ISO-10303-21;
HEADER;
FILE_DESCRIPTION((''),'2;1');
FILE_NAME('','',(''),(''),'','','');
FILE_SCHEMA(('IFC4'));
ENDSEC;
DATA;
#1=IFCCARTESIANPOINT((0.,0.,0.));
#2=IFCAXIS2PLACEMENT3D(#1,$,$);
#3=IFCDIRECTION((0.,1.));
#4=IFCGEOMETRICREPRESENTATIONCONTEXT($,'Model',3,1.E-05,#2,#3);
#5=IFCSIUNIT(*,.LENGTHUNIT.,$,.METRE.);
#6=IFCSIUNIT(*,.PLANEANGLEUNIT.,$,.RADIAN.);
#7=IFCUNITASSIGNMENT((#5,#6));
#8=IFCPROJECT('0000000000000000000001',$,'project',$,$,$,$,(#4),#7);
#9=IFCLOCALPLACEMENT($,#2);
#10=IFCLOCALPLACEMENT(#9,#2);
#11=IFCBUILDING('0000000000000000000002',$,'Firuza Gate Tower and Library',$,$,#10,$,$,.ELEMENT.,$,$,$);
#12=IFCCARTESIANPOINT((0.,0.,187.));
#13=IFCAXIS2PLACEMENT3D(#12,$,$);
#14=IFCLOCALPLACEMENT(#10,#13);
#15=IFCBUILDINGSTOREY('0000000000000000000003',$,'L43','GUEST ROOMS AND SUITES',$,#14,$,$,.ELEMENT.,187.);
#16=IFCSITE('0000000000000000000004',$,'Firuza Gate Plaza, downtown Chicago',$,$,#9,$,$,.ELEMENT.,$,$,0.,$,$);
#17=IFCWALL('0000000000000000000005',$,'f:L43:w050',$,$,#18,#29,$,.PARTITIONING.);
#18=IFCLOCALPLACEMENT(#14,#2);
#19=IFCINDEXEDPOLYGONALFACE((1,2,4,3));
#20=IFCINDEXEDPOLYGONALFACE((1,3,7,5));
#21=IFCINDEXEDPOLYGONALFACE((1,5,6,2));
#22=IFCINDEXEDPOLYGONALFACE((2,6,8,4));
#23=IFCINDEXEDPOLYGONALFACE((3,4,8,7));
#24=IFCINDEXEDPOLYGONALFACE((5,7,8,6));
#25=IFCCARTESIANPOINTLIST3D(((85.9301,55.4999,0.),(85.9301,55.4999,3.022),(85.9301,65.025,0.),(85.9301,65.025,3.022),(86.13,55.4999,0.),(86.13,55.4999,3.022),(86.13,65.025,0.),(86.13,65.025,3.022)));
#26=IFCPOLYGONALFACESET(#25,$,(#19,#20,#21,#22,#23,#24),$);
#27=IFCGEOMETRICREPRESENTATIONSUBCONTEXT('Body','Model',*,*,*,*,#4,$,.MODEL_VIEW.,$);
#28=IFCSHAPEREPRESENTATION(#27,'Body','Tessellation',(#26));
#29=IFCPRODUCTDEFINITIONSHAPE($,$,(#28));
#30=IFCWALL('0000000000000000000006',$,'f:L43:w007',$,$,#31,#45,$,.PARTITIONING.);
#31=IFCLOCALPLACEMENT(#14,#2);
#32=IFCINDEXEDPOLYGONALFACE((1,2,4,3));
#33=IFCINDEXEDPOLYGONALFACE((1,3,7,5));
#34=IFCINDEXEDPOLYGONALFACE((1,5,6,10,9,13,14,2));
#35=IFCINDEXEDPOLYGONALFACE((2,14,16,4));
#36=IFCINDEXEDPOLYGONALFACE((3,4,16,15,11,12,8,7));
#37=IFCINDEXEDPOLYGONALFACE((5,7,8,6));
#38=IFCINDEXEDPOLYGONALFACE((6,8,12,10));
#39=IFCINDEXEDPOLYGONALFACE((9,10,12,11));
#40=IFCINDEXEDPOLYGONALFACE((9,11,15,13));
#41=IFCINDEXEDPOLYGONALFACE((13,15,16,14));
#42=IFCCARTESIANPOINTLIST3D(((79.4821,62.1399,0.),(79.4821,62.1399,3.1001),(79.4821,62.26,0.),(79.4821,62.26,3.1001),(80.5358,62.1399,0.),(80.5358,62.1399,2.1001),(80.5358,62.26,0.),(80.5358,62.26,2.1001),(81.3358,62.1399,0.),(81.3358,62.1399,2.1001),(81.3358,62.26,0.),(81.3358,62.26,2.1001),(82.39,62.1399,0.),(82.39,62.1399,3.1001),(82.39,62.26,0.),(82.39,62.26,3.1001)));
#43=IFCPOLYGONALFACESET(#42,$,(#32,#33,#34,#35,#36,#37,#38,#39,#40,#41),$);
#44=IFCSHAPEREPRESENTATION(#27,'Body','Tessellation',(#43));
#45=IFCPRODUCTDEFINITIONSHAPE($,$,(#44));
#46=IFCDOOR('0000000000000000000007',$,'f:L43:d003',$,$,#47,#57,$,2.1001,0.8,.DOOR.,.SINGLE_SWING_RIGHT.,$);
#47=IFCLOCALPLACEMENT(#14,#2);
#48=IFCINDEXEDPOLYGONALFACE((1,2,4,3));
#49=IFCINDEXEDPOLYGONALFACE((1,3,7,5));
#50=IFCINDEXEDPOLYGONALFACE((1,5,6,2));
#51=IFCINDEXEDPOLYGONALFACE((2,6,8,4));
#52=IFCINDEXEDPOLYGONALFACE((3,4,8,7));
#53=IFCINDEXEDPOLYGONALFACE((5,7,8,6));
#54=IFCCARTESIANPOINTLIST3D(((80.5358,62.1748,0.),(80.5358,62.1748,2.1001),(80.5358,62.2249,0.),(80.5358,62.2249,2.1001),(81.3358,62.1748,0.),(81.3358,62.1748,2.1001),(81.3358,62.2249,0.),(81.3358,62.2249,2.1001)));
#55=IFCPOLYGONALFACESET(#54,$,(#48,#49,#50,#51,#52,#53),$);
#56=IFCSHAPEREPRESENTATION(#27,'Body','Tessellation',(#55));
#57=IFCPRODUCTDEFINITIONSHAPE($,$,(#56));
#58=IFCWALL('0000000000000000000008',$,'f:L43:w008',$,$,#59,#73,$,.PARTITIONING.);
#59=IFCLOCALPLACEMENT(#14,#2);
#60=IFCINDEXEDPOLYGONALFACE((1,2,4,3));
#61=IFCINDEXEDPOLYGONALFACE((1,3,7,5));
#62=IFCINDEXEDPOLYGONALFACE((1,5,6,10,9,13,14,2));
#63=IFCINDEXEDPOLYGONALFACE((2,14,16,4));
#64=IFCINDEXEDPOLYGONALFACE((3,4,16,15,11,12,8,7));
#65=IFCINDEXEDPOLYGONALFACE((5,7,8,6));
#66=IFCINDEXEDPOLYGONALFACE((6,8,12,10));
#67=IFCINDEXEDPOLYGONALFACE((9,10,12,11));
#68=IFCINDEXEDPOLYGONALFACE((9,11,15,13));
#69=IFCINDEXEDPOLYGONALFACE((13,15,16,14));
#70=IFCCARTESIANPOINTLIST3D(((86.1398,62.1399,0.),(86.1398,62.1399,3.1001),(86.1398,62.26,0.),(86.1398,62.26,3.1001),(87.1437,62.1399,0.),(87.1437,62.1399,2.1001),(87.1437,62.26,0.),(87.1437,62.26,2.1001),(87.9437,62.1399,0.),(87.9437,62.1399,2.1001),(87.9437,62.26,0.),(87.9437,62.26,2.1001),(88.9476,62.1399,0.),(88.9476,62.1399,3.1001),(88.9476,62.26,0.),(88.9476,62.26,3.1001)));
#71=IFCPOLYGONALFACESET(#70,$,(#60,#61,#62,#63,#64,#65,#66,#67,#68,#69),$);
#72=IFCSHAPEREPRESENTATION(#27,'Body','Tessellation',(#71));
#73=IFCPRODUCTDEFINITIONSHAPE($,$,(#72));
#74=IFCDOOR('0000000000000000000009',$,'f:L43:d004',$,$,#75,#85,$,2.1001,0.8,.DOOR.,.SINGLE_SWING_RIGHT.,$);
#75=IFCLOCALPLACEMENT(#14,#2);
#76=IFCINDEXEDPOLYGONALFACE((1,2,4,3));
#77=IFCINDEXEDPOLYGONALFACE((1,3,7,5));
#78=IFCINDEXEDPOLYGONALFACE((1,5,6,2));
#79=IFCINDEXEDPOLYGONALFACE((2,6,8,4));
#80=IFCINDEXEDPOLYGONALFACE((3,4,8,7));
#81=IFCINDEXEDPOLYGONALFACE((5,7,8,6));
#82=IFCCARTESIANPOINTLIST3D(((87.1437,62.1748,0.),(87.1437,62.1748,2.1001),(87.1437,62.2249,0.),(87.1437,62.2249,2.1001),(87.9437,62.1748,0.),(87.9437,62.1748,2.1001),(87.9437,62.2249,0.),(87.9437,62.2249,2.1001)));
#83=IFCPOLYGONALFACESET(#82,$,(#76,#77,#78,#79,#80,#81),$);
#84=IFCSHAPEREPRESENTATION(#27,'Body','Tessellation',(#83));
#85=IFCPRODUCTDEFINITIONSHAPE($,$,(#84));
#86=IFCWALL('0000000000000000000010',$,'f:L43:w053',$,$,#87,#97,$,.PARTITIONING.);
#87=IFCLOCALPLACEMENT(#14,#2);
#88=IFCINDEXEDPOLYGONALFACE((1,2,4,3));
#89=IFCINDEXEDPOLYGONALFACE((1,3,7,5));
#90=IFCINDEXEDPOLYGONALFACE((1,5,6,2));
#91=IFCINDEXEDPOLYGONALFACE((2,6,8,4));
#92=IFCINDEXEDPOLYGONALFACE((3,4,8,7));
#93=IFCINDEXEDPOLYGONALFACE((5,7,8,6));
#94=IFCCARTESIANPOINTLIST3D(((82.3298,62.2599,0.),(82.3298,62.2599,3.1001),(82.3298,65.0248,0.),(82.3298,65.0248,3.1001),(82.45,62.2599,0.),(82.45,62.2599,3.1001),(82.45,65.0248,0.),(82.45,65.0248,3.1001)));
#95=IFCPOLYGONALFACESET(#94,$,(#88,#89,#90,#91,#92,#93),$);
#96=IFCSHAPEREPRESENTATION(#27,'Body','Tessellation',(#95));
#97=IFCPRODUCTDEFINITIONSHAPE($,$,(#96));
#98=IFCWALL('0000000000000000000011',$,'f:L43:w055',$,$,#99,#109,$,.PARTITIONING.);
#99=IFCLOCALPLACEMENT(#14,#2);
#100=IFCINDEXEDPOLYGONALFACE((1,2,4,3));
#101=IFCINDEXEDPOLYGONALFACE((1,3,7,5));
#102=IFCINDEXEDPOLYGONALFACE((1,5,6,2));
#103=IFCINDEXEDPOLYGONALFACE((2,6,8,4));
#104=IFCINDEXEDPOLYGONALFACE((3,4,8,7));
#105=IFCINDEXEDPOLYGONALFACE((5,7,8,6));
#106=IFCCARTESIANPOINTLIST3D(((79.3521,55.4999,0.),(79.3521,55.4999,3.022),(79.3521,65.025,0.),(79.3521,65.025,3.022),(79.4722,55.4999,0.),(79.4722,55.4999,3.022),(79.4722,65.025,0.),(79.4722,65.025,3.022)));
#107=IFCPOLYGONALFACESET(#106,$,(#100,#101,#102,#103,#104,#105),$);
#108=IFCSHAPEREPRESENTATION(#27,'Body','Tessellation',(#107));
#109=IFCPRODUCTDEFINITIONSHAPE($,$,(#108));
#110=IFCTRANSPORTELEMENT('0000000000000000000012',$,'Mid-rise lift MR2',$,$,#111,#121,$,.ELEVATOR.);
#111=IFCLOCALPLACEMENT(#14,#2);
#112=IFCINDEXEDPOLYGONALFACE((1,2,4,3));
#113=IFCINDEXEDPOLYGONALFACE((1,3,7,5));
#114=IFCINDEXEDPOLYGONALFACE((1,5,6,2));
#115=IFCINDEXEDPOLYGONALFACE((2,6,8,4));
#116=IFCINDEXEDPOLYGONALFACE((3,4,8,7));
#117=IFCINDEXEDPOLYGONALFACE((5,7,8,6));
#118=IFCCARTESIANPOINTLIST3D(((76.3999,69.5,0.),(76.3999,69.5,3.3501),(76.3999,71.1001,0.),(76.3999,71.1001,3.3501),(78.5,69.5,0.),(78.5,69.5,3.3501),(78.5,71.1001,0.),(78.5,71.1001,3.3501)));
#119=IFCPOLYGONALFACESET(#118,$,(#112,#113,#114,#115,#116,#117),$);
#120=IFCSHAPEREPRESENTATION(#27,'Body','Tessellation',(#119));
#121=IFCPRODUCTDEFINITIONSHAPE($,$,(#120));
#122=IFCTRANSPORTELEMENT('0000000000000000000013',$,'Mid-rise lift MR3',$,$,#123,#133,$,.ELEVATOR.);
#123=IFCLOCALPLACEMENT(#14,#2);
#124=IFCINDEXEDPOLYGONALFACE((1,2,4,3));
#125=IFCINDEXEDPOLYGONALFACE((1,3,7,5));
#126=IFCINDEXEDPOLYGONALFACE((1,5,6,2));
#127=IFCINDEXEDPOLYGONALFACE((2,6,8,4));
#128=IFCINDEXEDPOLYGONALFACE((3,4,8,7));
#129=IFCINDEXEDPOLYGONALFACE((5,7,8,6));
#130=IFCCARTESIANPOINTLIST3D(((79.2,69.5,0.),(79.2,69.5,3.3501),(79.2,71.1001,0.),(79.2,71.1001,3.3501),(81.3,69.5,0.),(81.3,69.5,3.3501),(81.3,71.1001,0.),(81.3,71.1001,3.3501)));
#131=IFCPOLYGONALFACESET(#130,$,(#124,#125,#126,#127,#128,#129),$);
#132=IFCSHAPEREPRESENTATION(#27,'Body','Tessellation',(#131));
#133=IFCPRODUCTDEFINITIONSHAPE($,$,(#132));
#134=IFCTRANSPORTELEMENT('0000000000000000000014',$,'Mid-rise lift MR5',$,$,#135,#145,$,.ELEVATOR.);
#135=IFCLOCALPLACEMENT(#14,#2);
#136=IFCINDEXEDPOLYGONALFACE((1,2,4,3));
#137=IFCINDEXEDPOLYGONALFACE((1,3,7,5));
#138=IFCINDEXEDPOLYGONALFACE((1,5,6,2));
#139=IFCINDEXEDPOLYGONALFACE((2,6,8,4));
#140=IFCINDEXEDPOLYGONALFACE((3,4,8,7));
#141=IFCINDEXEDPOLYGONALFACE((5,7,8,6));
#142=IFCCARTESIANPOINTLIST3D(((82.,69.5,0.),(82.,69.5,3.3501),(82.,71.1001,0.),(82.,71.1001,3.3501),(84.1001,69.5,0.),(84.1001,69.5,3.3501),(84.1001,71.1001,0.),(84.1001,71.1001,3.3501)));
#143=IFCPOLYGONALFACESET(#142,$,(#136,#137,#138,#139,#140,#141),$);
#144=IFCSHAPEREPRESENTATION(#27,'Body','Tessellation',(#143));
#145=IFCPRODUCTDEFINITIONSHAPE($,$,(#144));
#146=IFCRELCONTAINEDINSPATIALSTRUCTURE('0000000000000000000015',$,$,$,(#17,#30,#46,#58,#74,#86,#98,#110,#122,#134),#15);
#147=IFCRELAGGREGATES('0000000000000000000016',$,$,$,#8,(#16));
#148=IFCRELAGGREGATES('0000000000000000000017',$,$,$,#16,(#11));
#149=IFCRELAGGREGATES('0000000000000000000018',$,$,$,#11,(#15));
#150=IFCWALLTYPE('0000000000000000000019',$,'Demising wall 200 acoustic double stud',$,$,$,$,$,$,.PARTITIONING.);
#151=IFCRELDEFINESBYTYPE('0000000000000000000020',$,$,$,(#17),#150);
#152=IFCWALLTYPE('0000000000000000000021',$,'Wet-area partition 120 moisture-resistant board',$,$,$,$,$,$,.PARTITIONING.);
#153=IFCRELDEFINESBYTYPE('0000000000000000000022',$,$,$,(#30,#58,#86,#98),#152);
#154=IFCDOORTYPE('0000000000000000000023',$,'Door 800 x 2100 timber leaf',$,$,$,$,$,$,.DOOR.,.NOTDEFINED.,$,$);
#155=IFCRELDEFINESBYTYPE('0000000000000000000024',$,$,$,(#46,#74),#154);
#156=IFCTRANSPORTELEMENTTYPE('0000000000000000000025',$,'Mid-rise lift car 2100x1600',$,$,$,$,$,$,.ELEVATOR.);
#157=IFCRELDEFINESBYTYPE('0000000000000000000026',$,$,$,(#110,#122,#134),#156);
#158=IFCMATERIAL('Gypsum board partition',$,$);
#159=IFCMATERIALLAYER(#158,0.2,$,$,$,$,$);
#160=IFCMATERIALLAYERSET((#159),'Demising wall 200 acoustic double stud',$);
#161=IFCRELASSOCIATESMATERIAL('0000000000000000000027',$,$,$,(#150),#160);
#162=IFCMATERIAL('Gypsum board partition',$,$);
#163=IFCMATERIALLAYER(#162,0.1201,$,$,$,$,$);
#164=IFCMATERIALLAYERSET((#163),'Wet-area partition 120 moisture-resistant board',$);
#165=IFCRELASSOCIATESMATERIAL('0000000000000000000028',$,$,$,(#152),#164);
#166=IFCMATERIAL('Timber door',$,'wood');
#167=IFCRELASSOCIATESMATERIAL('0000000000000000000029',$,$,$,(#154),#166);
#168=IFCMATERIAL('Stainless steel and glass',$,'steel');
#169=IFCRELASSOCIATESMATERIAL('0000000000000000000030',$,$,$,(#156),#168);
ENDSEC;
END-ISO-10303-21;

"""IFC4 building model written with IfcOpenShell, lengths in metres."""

from ifc_helpers import new_model, si_unit, direction, frame, frame_2d, origin, origin_2d, place, context, subcontext, project, spatial, rectangle, extrude, material, layer, layer_set, type_object, element, fill, save


model = new_model("IFC4")

# Units and contexts
model_context = context("Model", 3, precision=1e-05, world=origin(), true_north=direction((0.0, 1.0)))
body_context = subcontext(model_context, "Body", "Model", "MODEL_VIEW")
ifc_project = project(units=[si_unit("LENGTHUNIT", "METRE"), si_unit("PLANEANGLEUNIT", "RADIAN")], contexts=[model_context])

# Site, building, storey
site_placement = place(None, origin())
site = spatial("IfcSite", under=ifc_project, at=site_placement, Name="Firuza Gate Plaza, downtown Chicago", CompositionType="ELEMENT", RefElevation=0.0)
building_placement = place(site_placement, origin())
building = spatial("IfcBuilding", under=site, at=building_placement, Name="Firuza Gate Tower and Library", CompositionType="ELEMENT")
storey_placement = place(building_placement, frame((0.0, 0.0, 187.0)))
storey = spatial("IfcBuildingStorey", under=building, at=storey_placement, Name="L43", Description="GUEST ROOMS AND SUITES", CompositionType="ELEMENT", Elevation=187.0)

# Wall
ifc_material_1 = material(Name="Gypsum board partition")
ifc_layer_1 = layer(ifc_material_1, 0.2)
ifc_layer_set_1 = layer_set([ifc_layer_1], Name="Demising wall 200 acoustic double stud")
wall_type_1 = type_object("IfcWallType", Name="Demising wall 200 acoustic double stud", PredefinedType="PARTITIONING", material=ifc_layer_set_1)
wall_1_placement = place(storey_placement, frame((86.03, 55.4998, 0.0), z_axis=(0.0, 0.0, 1.0), x_axis=(0.0, 1.0, 0.0)))
element("IfcWall", 1, at=wall_1_placement, inside=storey, type_object=wall_type_1, Name="f:L43:w050", PredefinedType="PARTITIONING", context=body_context, shape_type="SweptSolid", body=[
    extrude(rectangle(XDim=9.5251, YDim=0.2, at=frame_2d((4.7627, 0.0))), origin(), (0.0, 0.0, 1.0), 3.022),
])

# Walls, openings, doors
ifc_material_2 = material(Name="Gypsum board partition")
ifc_layer_2 = layer(ifc_material_2, 0.1201)
ifc_layer_set_2 = layer_set([ifc_layer_2], Name="Wet-area partition 120 moisture-resistant board")
wall_type_2 = type_object("IfcWallType", Name="Wet-area partition 120 moisture-resistant board", PredefinedType="PARTITIONING", material=ifc_layer_set_2)
wall_2_placement = place(storey_placement, frame((79.4819, 62.2, 0.0), z_axis=(0.0, 0.0, 1.0), x_axis=(1.0, 0.0, 0.0)))
wall_2 = element("IfcWall", 2, at=wall_2_placement, inside=storey, type_object=wall_type_2, Name="f:L43:w007", PredefinedType="PARTITIONING", context=body_context, shape_type="SweptSolid", body=[
    extrude(rectangle(XDim=2.908, YDim=0.1201, at=frame_2d((1.4541, 0.0))), origin(), (0.0, 0.0, 1.0), 3.1001),
])
opening_1_placement = place(wall_2_placement, frame((1.054, 0.0, 0.0)))
opening_1 = element("IfcOpeningElement", 3, at=opening_1_placement, cuts=wall_2, PredefinedType="OPENING", context=body_context, shape_type="SweptSolid", body=[
    extrude(rectangle(XDim=0.8, YDim=2.1001, at=frame_2d((0.3999, 1.05))), frame((0.0, 0.0701, 0.0), z_axis=(0.0, -1.0, 0.0), x_axis=(1.0, 0.0, 0.0)), (0.0, 0.0, 1.0), 0.1401),
])
ifc_material_3 = material(Name="Timber door", Category="wood")
door_type_1 = type_object("IfcDoorType", Name="Door 800 x 2100 timber leaf", OperationType="NOTDEFINED", PredefinedType="DOOR", material=ifc_material_3)
door_1_placement = place(opening_1_placement, origin())
door_1 = element("IfcDoor", 4, at=door_1_placement, inside=storey, type_object=door_type_1, Name="f:L43:d003", OperationType="SINGLE_SWING_RIGHT", OverallHeight=2.1001, OverallWidth=0.8, PredefinedType="DOOR", context=body_context, shape_type="SweptSolid", body=[
    extrude(rectangle(XDim=0.8, YDim=2.1001, at=frame_2d((0.3999, 1.05))), frame((0.0, 0.0249, 0.0), z_axis=(0.0, -1.0, 0.0), x_axis=(1.0, 0.0, 0.0)), (0.0, 0.0, 1.0), 0.05),
])
fill(opening_1, door_1)
wall_3_placement = place(storey_placement, frame((86.1399, 62.2, 0.0), z_axis=(0.0, 0.0, 1.0), x_axis=(1.0, 0.0, 0.0)))
wall_3 = element("IfcWall", 5, at=wall_3_placement, inside=storey, type_object=wall_type_2, Name="f:L43:w008", PredefinedType="PARTITIONING", context=body_context, shape_type="SweptSolid", body=[
    extrude(rectangle(XDim=2.8079, YDim=0.1201, at=frame_2d((1.4038, 0.0))), origin(), (0.0, 0.0, 1.0), 3.1001),
])
opening_2_placement = place(wall_3_placement, frame((1.0039, 0.0, 0.0)))
opening_2 = element("IfcOpeningElement", 6, at=opening_2_placement, cuts=wall_3, PredefinedType="OPENING", context=body_context, shape_type="SweptSolid", body=[
    extrude(rectangle(XDim=0.8, YDim=2.1001, at=frame_2d((0.3999, 1.05))), frame((0.0, 0.0701, 0.0), z_axis=(0.0, -1.0, 0.0), x_axis=(1.0, 0.0, 0.0)), (0.0, 0.0, 1.0), 0.1401),
])
door_2_placement = place(opening_2_placement, origin())
door_2 = element("IfcDoor", 7, at=door_2_placement, inside=storey, type_object=door_type_1, Name="f:L43:d004", OperationType="SINGLE_SWING_RIGHT", OverallHeight=2.1001, OverallWidth=0.8, PredefinedType="DOOR", context=body_context, shape_type="SweptSolid", body=[
    extrude(rectangle(XDim=0.8, YDim=2.1001, at=frame_2d((0.3999, 1.05))), frame((0.0, 0.0249, 0.0), z_axis=(0.0, -1.0, 0.0), x_axis=(1.0, 0.0, 0.0)), (0.0, 0.0, 1.0), 0.05),
])
fill(opening_2, door_2)

# Walls
wall_4_placement = place(storey_placement, frame((82.3899, 62.26, 0.0), z_axis=(0.0, 0.0, 1.0), x_axis=(0.0, 1.0, 0.0)))
element("IfcWall", 8, at=wall_4_placement, inside=storey, type_object=wall_type_2, Name="f:L43:w053", PredefinedType="PARTITIONING", context=body_context, shape_type="SweptSolid", body=[
    extrude(rectangle(XDim=2.7649, YDim=0.1201, at=frame_2d((1.3823, 0.0))), origin(), (0.0, 0.0, 1.0), 3.1001),
])
wall_5_placement = place(storey_placement, frame((79.4121, 55.4998, 0.0), z_axis=(0.0, 0.0, 1.0), x_axis=(0.0, 1.0, 0.0)))
element("IfcWall", 9, at=wall_5_placement, inside=storey, type_object=wall_type_2, Name="f:L43:w055", PredefinedType="PARTITIONING", context=body_context, shape_type="SweptSolid", body=[
    extrude(rectangle(XDim=9.5251, YDim=0.1201, at=frame_2d((4.7627, 0.0))), origin(), (0.0, 0.0, 1.0), 3.022),
])

# Transport elements
ifc_material_4 = material(Name="Stainless steel and glass", Category="steel")
transport_element_type = type_object("IfcTransportElementType", Name="Mid-rise lift car 2100x1600", PredefinedType="ELEVATOR", material=ifc_material_4)
for number, where, z_axis, x_axis, name in (
    (10, (77.45, 70.3, 0.0), (0.0, 0.0, 1.0), (1.0, 0.0, 0.0), "Mid-rise lift MR2"),
    (11, (80.25, 70.3, 0.0), (0.0, 0.0, 1.0), (1.0, 0.0, 0.0), "Mid-rise lift MR3"),
    (12, (83.05, 70.3, 0.0), (0.0, 0.0, 1.0), (1.0, 0.0, 0.0), "Mid-rise lift MR5"),
):
    element("IfcTransportElement", number, at=place(storey_placement, frame(where, z_axis=z_axis, x_axis=x_axis)), inside=storey, type_object=transport_element_type, Name=name, PredefinedType="ELEVATOR", context=body_context, shape_type="SweptSolid", body=[
        extrude(rectangle(XDim=2.1001, YDim=1.6001, at=origin_2d()), origin(), (0.0, 0.0, 1.0), 3.3501),
    ])

save(model, "model.ifc")
